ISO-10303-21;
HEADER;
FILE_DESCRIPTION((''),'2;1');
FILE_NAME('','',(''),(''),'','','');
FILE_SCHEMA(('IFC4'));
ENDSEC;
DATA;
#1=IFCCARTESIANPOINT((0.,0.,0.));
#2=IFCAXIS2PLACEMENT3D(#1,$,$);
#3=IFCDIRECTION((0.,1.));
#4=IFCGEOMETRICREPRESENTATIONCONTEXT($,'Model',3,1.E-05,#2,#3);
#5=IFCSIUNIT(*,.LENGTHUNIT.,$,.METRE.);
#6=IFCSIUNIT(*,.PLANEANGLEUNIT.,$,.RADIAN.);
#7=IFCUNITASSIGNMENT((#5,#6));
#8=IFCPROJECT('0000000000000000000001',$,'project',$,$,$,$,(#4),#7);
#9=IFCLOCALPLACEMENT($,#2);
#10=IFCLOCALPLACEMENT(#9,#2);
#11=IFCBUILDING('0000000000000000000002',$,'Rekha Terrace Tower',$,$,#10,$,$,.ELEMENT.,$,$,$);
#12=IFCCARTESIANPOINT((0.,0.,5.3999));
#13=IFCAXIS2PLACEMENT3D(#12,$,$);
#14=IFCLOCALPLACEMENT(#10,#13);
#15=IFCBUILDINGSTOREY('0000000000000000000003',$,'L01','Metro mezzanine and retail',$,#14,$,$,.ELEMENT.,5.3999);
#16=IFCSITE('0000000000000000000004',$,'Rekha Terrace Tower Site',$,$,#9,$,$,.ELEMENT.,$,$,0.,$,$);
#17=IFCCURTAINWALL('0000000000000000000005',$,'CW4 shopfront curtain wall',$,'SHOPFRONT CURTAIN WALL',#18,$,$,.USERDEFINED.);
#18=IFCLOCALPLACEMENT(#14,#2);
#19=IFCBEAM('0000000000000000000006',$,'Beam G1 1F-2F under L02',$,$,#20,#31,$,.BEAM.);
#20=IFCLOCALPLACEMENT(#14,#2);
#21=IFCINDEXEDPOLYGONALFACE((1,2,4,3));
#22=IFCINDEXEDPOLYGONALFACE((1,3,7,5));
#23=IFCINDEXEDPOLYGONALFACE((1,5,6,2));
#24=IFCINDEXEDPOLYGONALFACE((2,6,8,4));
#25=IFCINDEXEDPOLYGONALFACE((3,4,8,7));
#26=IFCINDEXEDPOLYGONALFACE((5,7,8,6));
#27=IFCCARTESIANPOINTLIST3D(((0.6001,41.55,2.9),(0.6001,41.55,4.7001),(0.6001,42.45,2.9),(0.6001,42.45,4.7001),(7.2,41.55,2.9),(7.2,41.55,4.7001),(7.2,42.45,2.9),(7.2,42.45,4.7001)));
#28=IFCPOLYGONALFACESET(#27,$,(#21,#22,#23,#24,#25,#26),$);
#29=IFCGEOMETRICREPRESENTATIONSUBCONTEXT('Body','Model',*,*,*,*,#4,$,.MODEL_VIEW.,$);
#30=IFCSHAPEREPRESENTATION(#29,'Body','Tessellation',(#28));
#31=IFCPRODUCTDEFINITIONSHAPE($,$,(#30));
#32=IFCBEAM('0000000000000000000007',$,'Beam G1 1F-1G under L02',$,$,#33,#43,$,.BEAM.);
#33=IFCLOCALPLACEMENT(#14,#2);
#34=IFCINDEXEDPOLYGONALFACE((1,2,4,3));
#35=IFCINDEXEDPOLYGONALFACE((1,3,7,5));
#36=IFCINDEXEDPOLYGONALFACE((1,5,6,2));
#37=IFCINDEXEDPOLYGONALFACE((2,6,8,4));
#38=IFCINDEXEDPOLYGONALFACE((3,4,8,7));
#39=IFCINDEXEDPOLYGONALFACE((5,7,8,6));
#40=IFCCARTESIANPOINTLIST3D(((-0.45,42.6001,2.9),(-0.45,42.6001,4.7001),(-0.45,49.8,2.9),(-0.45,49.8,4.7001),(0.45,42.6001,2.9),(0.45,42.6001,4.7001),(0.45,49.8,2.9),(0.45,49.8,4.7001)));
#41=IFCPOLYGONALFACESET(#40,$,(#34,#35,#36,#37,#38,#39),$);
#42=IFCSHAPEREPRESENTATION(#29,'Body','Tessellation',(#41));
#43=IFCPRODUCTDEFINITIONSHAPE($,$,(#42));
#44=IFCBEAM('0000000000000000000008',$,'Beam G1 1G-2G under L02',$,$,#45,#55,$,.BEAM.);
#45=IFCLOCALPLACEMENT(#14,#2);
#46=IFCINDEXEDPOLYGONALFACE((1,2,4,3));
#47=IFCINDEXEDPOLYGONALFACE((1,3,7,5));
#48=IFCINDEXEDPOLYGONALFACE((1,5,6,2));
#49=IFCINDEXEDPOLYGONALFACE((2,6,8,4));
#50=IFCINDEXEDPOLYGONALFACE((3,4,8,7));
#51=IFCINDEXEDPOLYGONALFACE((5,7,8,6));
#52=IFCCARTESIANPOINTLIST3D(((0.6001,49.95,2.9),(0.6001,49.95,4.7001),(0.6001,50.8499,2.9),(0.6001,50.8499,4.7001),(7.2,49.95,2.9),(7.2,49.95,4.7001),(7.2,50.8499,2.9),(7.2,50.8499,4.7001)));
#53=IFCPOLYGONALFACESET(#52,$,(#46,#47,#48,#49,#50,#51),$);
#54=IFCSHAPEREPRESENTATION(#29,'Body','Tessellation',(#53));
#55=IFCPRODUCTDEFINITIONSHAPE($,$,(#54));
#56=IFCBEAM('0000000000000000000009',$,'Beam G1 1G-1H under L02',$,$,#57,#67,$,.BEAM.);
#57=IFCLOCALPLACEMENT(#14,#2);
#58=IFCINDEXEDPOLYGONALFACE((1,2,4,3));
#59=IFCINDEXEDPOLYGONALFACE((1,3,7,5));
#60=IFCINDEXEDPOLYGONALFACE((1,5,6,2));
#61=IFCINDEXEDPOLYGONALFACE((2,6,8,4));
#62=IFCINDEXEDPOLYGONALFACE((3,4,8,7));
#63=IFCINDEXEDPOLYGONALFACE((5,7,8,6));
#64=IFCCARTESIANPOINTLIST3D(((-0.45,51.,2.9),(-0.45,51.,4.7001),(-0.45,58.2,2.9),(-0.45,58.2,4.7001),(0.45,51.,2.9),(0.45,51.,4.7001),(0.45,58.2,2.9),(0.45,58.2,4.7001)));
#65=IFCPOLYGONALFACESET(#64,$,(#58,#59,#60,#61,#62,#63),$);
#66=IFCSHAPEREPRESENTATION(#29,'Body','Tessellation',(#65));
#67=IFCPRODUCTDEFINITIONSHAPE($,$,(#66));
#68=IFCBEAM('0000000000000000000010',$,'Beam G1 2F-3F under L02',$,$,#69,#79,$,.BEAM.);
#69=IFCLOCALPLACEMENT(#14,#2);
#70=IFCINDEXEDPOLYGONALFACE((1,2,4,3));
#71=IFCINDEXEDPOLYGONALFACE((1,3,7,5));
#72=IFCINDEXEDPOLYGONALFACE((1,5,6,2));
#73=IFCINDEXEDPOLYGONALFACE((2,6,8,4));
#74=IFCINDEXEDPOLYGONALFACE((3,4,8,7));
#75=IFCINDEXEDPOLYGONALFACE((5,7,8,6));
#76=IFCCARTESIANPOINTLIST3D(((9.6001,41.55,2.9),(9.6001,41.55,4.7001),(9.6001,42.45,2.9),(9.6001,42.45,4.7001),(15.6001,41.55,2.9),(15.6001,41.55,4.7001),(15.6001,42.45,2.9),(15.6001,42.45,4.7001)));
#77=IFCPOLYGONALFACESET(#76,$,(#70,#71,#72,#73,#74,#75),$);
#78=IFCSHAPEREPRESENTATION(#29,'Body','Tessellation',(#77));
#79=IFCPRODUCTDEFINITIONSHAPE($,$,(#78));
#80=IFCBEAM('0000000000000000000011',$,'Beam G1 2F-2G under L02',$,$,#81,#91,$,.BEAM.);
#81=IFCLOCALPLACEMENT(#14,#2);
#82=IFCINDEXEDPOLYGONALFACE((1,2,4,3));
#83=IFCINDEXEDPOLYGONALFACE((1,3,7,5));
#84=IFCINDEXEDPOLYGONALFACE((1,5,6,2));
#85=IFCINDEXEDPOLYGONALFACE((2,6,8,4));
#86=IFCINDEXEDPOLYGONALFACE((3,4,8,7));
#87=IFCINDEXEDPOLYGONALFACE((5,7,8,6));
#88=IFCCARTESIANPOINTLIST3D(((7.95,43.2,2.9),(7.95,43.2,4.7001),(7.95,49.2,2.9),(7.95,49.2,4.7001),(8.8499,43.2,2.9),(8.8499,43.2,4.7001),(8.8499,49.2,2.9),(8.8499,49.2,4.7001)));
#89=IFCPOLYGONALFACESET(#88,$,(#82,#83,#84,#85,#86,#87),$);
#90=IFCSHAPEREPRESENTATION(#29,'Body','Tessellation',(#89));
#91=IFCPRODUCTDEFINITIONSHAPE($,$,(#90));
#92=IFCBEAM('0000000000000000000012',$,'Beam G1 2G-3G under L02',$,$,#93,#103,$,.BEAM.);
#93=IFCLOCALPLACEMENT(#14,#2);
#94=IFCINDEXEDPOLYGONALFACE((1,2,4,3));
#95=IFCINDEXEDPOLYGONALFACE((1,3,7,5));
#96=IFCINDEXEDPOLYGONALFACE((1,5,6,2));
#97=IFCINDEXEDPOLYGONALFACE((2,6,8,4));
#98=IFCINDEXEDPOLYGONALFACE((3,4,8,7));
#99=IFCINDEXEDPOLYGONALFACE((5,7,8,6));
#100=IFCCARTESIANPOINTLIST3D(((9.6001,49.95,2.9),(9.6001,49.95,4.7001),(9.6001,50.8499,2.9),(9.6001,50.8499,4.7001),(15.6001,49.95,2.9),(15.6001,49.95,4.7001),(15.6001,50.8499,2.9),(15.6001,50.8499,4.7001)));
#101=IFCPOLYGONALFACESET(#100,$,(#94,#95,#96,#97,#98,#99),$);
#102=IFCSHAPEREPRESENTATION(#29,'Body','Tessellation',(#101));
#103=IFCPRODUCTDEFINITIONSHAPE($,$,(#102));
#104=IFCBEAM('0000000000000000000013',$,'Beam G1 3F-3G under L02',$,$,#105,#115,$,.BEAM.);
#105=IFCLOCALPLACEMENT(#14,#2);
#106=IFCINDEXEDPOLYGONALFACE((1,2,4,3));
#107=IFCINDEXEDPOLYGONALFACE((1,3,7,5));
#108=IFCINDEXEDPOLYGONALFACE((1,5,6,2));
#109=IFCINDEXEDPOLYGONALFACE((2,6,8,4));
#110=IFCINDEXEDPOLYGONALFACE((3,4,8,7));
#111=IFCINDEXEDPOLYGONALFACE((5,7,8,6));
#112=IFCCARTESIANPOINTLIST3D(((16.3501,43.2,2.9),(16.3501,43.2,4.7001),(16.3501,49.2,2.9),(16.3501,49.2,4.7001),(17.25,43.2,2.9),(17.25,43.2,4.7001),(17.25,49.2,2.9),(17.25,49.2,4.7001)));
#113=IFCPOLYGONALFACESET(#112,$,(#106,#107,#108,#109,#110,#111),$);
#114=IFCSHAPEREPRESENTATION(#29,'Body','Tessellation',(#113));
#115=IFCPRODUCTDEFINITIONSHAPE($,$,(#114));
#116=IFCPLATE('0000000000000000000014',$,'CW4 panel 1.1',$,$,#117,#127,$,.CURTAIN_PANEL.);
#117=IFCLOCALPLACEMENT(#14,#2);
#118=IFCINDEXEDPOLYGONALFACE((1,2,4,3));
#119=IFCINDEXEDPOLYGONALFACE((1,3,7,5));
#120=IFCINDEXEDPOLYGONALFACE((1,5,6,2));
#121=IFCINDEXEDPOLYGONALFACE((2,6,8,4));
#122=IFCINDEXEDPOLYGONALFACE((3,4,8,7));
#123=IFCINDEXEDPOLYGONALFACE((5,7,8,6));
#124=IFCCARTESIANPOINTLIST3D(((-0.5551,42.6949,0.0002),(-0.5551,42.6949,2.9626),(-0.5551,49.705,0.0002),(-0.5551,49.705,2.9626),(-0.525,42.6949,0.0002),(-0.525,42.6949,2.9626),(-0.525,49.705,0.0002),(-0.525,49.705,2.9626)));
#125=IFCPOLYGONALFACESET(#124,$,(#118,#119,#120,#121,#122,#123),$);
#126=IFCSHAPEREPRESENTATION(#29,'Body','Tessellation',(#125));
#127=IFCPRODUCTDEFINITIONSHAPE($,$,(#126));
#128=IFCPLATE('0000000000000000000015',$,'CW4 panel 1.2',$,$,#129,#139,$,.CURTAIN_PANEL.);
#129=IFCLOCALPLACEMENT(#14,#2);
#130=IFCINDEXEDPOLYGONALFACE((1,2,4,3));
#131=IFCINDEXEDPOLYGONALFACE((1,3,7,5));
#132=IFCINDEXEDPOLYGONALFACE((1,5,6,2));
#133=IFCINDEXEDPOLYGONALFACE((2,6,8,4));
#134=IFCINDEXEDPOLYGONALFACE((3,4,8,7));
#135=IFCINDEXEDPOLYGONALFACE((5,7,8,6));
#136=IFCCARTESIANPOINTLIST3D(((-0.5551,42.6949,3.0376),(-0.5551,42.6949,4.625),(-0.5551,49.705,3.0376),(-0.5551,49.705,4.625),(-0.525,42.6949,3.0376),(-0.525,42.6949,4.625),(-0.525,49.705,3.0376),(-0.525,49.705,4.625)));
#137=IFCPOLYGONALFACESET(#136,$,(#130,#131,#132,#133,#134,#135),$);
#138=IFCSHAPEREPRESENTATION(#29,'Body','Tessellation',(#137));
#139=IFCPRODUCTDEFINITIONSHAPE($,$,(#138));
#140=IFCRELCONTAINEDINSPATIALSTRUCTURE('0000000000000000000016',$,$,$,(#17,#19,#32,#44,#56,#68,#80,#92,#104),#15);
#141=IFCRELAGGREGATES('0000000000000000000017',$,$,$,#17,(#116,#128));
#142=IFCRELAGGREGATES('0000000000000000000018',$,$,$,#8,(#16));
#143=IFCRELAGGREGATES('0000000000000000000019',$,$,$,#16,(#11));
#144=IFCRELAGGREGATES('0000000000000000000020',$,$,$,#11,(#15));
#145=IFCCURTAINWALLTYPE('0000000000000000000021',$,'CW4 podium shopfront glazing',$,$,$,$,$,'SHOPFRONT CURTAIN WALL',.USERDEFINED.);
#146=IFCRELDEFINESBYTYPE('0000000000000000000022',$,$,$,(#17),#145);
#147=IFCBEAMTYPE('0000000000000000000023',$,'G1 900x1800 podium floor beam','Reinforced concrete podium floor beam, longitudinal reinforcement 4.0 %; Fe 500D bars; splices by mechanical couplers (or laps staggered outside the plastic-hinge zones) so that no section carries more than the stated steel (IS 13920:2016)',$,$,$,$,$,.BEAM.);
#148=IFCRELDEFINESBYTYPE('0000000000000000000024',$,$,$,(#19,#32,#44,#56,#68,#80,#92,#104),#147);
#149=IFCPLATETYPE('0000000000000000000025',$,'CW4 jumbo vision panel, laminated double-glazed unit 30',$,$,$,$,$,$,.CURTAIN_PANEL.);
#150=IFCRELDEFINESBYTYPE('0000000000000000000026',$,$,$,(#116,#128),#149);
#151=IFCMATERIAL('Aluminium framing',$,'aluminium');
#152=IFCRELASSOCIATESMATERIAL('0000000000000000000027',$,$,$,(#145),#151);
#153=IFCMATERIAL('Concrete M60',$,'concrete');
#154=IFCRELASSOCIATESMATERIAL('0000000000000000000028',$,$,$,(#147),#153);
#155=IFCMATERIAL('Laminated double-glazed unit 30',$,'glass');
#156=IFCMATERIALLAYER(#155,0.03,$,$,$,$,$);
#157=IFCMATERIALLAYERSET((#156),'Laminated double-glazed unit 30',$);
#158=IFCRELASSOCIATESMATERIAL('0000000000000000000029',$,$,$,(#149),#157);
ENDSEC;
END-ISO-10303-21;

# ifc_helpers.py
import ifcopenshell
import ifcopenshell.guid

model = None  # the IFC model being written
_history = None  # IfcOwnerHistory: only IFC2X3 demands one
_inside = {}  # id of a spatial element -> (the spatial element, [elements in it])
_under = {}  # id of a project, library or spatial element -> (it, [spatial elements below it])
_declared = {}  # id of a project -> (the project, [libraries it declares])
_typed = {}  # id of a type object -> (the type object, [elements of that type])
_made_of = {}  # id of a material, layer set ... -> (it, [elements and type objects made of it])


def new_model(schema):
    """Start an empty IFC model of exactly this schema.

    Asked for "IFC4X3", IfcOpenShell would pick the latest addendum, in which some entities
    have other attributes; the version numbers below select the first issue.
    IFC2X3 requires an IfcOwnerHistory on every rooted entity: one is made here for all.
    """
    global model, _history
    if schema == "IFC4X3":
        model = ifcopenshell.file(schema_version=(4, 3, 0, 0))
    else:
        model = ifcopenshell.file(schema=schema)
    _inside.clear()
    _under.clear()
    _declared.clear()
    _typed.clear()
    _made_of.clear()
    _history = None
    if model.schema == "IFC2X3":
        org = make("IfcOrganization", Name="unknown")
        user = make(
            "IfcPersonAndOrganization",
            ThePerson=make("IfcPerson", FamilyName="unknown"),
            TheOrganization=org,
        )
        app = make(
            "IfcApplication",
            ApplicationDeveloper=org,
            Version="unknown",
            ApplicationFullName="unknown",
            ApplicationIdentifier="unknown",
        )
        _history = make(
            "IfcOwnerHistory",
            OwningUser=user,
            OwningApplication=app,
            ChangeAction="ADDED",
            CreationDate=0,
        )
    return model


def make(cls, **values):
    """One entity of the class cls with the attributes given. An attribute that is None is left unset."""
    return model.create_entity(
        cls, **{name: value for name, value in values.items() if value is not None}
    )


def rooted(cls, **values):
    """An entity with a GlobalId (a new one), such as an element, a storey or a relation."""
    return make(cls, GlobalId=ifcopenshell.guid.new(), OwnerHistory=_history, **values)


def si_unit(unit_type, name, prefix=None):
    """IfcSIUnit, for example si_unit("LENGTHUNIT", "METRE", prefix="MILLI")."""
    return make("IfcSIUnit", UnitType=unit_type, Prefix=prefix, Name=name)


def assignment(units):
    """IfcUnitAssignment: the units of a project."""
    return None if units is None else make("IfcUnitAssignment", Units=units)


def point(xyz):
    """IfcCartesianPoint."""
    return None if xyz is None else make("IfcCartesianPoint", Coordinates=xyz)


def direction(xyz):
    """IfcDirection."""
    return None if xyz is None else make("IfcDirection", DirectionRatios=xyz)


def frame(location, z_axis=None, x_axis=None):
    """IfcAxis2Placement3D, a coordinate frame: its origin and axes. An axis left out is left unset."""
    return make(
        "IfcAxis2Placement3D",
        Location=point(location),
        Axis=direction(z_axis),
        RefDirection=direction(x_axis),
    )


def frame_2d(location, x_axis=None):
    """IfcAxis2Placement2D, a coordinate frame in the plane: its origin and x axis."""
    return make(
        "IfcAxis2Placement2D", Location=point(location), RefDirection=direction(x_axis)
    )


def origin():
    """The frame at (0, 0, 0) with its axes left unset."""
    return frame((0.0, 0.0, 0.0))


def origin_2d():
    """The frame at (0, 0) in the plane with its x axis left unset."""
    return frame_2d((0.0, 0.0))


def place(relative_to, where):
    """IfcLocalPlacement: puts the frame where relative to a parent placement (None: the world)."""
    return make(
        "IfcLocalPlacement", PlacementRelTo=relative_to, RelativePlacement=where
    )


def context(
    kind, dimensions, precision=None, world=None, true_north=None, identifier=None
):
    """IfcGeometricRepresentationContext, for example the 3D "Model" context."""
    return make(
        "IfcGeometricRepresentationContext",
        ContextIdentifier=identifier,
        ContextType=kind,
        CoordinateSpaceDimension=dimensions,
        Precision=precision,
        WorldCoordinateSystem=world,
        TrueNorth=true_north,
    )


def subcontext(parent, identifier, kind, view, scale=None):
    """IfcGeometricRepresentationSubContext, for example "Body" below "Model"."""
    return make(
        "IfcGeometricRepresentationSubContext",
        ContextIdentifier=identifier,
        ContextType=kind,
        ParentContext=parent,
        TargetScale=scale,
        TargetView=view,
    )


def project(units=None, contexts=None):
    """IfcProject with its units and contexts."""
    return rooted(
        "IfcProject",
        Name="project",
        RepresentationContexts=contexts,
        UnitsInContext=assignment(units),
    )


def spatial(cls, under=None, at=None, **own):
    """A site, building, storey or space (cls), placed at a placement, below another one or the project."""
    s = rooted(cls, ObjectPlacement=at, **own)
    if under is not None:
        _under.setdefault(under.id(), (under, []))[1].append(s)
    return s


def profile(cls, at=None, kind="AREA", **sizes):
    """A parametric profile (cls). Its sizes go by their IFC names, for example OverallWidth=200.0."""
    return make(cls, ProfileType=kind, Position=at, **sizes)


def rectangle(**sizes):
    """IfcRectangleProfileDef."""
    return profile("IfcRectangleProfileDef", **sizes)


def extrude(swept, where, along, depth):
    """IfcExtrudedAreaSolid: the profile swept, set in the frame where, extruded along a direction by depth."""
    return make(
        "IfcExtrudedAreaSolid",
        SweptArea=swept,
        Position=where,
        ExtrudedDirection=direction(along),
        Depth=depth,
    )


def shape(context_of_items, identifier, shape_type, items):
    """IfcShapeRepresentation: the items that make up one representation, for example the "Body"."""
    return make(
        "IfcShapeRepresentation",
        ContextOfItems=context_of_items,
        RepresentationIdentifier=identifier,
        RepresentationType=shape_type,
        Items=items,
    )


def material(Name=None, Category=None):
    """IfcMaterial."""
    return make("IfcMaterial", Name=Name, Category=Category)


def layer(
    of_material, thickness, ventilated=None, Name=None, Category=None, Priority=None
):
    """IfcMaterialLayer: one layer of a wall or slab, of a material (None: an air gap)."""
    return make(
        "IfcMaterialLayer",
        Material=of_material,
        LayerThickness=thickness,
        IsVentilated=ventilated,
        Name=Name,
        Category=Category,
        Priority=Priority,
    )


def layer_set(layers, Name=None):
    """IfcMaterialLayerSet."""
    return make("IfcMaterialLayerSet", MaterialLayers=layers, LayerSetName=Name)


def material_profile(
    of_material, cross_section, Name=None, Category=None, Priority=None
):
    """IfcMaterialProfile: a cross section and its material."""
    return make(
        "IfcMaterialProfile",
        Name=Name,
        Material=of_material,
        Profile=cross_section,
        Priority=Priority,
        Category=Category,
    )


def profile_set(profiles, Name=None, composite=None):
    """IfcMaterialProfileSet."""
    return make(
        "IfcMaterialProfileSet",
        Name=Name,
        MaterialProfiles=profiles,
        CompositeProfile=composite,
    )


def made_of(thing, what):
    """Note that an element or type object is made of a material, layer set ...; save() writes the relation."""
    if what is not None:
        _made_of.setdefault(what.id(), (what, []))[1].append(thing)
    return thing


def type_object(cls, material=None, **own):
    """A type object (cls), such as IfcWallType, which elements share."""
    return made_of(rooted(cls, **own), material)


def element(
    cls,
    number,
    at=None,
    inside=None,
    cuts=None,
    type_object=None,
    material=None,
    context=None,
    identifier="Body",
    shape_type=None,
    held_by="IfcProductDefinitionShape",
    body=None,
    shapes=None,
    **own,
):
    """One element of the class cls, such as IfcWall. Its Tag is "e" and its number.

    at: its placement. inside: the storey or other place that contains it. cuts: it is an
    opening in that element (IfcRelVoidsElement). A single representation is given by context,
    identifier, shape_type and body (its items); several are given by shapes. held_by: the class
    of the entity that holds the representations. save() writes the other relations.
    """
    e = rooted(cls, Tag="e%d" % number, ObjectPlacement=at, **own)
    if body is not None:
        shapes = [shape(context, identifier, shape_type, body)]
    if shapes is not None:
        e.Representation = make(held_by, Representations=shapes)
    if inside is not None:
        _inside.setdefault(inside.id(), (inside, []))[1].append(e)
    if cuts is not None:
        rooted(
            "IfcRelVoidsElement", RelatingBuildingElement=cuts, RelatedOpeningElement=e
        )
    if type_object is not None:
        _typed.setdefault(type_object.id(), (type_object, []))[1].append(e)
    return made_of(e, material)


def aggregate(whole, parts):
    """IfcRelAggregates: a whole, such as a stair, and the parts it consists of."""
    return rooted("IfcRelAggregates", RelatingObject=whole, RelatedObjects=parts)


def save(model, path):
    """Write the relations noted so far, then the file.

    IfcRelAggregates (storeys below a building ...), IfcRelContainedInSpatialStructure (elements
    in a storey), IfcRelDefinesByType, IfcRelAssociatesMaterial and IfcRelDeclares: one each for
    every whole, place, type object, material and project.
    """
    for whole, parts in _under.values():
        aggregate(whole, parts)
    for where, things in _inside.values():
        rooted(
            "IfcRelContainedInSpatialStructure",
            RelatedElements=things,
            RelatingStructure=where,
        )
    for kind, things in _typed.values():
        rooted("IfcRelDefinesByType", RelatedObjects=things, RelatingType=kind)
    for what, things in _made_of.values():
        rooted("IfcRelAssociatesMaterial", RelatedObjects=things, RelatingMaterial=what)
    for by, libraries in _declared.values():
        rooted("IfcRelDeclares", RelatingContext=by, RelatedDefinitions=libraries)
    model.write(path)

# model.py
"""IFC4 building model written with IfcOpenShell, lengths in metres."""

from ifc_helpers import new_model, si_unit, direction, frame, origin, origin_2d, place, context, subcontext, project, spatial, rectangle, extrude, material, layer, layer_set, material_profile, profile_set, type_object, element, aggregate, save


model = new_model("IFC4")

# Units and contexts
model_context = context("Model", 3, precision=1e-05, world=origin(), true_north=direction((0.0, 1.0)))
body_context = subcontext(model_context, "Body", "Model", "MODEL_VIEW")
ifc_project = project(units=[si_unit("LENGTHUNIT", "METRE"), si_unit("PLANEANGLEUNIT", "RADIAN")], contexts=[model_context])

# Site, building, storey
site_placement = place(None, origin())
site = spatial("IfcSite", under=ifc_project, at=site_placement, Name="Rekha Terrace Tower Site", CompositionType="ELEMENT", RefElevation=0.0)
building_placement = place(site_placement, origin())
building = spatial("IfcBuilding", under=site, at=building_placement, Name="Rekha Terrace Tower", CompositionType="ELEMENT")
storey_placement = place(building_placement, frame((0.0, 0.0, 5.3999)))
storey = spatial("IfcBuildingStorey", under=building, at=storey_placement, Name="L01", Description="Metro mezzanine and retail", CompositionType="ELEMENT", Elevation=5.3999)

# Shared definitions
ifc_material_1 = material(Name="Concrete M60", Category="concrete")

# Curtain wall
ifc_material_2 = material(Name="Aluminium framing", Category="aluminium")
curtain_wall_type = type_object("IfcCurtainWallType", Name="CW4 podium shopfront glazing", ElementType="SHOPFRONT CURTAIN WALL", PredefinedType="USERDEFINED", material=ifc_material_2)
curtain_wall_1_placement = place(storey_placement, origin())
curtain_wall_1 = element("IfcCurtainWall", 1, at=curtain_wall_1_placement, inside=storey, type_object=curtain_wall_type, Name="CW4 shopfront curtain wall", ObjectType="SHOPFRONT CURTAIN WALL", PredefinedType="USERDEFINED")

# Beams
ifc_material_profile_1 = material_profile(ifc_material_1, rectangle(XDim=0.8999, YDim=1.8, at=origin_2d()), Name="RC 900x1800")
ifc_profile_set_1 = profile_set([ifc_material_profile_1], Name="Concrete M60")
beam_type = type_object("IfcBeamType", Name="G1 900x1800 podium floor beam", Description="Reinforced concrete podium floor beam, longitudinal reinforcement 4.0 %; Fe 500D bars; splices by mechanical couplers (or laps staggered outside the plastic-hinge zones) so that no section carries more than the stated steel (IS 13920:2016)", PredefinedType="BEAM", material=ifc_profile_set_1)
beam_1_placement = place(storey_placement, frame((0.6001, 42.0, 3.8), z_axis=(1.0, 0.0, 0.0), x_axis=(0.0, 1.0, 0.0)))
element("IfcBeam", 2, at=beam_1_placement, inside=storey, type_object=beam_type, Name="Beam G1 1F-2F under L02", PredefinedType="BEAM", context=body_context, shape_type="SweptSolid", body=[
    extrude(rectangle(XDim=0.8999, YDim=1.8, at=origin_2d()), origin(), (0.0, 0.0, 1.0), 6.5999),
])
beam_2_placement = place(storey_placement, frame((0.0, 42.6001, 3.8), z_axis=(0.0, 1.0, 0.0), x_axis=(-1.0, 0.0, 0.0)))
element("IfcBeam", 3, at=beam_2_placement, inside=storey, type_object=beam_type, Name="Beam G1 1F-1G under L02", PredefinedType="BEAM", context=body_context, shape_type="SweptSolid", body=[
    extrude(rectangle(XDim=0.8999, YDim=1.8, at=origin_2d()), origin(), (0.0, 0.0, 1.0), 7.2),
])
beam_3_placement = place(storey_placement, frame((0.6001, 50.3999, 3.8), z_axis=(1.0, 0.0, 0.0), x_axis=(0.0, 1.0, 0.0)))
element("IfcBeam", 4, at=beam_3_placement, inside=storey, type_object=beam_type, Name="Beam G1 1G-2G under L02", PredefinedType="BEAM", context=body_context, shape_type="SweptSolid", body=[
    extrude(rectangle(XDim=0.8999, YDim=1.8, at=origin_2d()), origin(), (0.0, 0.0, 1.0), 6.5999),
])
beam_4_placement = place(storey_placement, frame((0.0, 51.0, 3.8), z_axis=(0.0, 1.0, 0.0), x_axis=(-1.0, 0.0, 0.0)))
element("IfcBeam", 5, at=beam_4_placement, inside=storey, type_object=beam_type, Name="Beam G1 1G-1H under L02", PredefinedType="BEAM", context=body_context, shape_type="SweptSolid", body=[
    extrude(rectangle(XDim=0.8999, YDim=1.8, at=origin_2d()), origin(), (0.0, 0.0, 1.0), 7.2),
])
for number, where, z_axis, x_axis, name in (
    (6, (9.6001, 42.0, 3.8), (1.0, 0.0, 0.0), (0.0, 1.0, 0.0), "Beam G1 2F-3F under L02"),
    (7, (8.3999, 43.2, 3.8), (0.0, 1.0, 0.0), (-1.0, 0.0, 0.0), "Beam G1 2F-2G under L02"),
    (8, (9.6001, 50.3999, 3.8), (1.0, 0.0, 0.0), (0.0, 1.0, 0.0), "Beam G1 2G-3G under L02"),
    (9, (16.8, 43.2, 3.8), (0.0, 1.0, 0.0), (-1.0, 0.0, 0.0), "Beam G1 3F-3G under L02"),
):
    element("IfcBeam", number, at=place(storey_placement, frame(where, z_axis=z_axis, x_axis=x_axis)), inside=storey, type_object=beam_type, Name=name, PredefinedType="BEAM", context=body_context, shape_type="SweptSolid", body=[
        extrude(rectangle(XDim=0.8999, YDim=1.8, at=origin_2d()), origin(), (0.0, 0.0, 1.0), 6.0),
    ])

# Plates
ifc_material_3 = material(Name="Laminated double-glazed unit 30", Category="glass")
ifc_layer = layer(ifc_material_3, 0.03)
ifc_layer_set = layer_set([ifc_layer], Name="Laminated double-glazed unit 30")
plate_type = type_object("IfcPlateType", Name="CW4 jumbo vision panel, laminated double-glazed unit 30", PredefinedType="CURTAIN_PANEL", material=ifc_layer_set)
plate_1_placement = place(storey_placement, frame((-0.54, 46.2, 0.0002), z_axis=(0.0, 0.0, 1.0), x_axis=(0.0, -1.0, 0.0)))
plate_1 = element("IfcPlate", 10, at=plate_1_placement, type_object=plate_type, Name="CW4 panel 1.1", PredefinedType="CURTAIN_PANEL", context=body_context, shape_type="SweptSolid", body=[
    extrude(rectangle(XDim=7.01, YDim=0.03, at=origin_2d()), origin(), (0.0, 0.0, 1.0), 2.9624),
])
plate_2_placement = place(storey_placement, frame((-0.54, 46.2, 3.0376), z_axis=(0.0, 0.0, 1.0), x_axis=(0.0, -1.0, 0.0)))
plate_2 = element("IfcPlate", 11, at=plate_2_placement, type_object=plate_type, Name="CW4 panel 1.2", PredefinedType="CURTAIN_PANEL", context=body_context, shape_type="SweptSolid", body=[
    extrude(rectangle(XDim=7.01, YDim=0.03, at=origin_2d()), origin(), (0.0, 0.0, 1.0), 1.5874),
])
aggregate(curtain_wall_1, [plate_1, plate_2])

save(model, "model.ifc")
